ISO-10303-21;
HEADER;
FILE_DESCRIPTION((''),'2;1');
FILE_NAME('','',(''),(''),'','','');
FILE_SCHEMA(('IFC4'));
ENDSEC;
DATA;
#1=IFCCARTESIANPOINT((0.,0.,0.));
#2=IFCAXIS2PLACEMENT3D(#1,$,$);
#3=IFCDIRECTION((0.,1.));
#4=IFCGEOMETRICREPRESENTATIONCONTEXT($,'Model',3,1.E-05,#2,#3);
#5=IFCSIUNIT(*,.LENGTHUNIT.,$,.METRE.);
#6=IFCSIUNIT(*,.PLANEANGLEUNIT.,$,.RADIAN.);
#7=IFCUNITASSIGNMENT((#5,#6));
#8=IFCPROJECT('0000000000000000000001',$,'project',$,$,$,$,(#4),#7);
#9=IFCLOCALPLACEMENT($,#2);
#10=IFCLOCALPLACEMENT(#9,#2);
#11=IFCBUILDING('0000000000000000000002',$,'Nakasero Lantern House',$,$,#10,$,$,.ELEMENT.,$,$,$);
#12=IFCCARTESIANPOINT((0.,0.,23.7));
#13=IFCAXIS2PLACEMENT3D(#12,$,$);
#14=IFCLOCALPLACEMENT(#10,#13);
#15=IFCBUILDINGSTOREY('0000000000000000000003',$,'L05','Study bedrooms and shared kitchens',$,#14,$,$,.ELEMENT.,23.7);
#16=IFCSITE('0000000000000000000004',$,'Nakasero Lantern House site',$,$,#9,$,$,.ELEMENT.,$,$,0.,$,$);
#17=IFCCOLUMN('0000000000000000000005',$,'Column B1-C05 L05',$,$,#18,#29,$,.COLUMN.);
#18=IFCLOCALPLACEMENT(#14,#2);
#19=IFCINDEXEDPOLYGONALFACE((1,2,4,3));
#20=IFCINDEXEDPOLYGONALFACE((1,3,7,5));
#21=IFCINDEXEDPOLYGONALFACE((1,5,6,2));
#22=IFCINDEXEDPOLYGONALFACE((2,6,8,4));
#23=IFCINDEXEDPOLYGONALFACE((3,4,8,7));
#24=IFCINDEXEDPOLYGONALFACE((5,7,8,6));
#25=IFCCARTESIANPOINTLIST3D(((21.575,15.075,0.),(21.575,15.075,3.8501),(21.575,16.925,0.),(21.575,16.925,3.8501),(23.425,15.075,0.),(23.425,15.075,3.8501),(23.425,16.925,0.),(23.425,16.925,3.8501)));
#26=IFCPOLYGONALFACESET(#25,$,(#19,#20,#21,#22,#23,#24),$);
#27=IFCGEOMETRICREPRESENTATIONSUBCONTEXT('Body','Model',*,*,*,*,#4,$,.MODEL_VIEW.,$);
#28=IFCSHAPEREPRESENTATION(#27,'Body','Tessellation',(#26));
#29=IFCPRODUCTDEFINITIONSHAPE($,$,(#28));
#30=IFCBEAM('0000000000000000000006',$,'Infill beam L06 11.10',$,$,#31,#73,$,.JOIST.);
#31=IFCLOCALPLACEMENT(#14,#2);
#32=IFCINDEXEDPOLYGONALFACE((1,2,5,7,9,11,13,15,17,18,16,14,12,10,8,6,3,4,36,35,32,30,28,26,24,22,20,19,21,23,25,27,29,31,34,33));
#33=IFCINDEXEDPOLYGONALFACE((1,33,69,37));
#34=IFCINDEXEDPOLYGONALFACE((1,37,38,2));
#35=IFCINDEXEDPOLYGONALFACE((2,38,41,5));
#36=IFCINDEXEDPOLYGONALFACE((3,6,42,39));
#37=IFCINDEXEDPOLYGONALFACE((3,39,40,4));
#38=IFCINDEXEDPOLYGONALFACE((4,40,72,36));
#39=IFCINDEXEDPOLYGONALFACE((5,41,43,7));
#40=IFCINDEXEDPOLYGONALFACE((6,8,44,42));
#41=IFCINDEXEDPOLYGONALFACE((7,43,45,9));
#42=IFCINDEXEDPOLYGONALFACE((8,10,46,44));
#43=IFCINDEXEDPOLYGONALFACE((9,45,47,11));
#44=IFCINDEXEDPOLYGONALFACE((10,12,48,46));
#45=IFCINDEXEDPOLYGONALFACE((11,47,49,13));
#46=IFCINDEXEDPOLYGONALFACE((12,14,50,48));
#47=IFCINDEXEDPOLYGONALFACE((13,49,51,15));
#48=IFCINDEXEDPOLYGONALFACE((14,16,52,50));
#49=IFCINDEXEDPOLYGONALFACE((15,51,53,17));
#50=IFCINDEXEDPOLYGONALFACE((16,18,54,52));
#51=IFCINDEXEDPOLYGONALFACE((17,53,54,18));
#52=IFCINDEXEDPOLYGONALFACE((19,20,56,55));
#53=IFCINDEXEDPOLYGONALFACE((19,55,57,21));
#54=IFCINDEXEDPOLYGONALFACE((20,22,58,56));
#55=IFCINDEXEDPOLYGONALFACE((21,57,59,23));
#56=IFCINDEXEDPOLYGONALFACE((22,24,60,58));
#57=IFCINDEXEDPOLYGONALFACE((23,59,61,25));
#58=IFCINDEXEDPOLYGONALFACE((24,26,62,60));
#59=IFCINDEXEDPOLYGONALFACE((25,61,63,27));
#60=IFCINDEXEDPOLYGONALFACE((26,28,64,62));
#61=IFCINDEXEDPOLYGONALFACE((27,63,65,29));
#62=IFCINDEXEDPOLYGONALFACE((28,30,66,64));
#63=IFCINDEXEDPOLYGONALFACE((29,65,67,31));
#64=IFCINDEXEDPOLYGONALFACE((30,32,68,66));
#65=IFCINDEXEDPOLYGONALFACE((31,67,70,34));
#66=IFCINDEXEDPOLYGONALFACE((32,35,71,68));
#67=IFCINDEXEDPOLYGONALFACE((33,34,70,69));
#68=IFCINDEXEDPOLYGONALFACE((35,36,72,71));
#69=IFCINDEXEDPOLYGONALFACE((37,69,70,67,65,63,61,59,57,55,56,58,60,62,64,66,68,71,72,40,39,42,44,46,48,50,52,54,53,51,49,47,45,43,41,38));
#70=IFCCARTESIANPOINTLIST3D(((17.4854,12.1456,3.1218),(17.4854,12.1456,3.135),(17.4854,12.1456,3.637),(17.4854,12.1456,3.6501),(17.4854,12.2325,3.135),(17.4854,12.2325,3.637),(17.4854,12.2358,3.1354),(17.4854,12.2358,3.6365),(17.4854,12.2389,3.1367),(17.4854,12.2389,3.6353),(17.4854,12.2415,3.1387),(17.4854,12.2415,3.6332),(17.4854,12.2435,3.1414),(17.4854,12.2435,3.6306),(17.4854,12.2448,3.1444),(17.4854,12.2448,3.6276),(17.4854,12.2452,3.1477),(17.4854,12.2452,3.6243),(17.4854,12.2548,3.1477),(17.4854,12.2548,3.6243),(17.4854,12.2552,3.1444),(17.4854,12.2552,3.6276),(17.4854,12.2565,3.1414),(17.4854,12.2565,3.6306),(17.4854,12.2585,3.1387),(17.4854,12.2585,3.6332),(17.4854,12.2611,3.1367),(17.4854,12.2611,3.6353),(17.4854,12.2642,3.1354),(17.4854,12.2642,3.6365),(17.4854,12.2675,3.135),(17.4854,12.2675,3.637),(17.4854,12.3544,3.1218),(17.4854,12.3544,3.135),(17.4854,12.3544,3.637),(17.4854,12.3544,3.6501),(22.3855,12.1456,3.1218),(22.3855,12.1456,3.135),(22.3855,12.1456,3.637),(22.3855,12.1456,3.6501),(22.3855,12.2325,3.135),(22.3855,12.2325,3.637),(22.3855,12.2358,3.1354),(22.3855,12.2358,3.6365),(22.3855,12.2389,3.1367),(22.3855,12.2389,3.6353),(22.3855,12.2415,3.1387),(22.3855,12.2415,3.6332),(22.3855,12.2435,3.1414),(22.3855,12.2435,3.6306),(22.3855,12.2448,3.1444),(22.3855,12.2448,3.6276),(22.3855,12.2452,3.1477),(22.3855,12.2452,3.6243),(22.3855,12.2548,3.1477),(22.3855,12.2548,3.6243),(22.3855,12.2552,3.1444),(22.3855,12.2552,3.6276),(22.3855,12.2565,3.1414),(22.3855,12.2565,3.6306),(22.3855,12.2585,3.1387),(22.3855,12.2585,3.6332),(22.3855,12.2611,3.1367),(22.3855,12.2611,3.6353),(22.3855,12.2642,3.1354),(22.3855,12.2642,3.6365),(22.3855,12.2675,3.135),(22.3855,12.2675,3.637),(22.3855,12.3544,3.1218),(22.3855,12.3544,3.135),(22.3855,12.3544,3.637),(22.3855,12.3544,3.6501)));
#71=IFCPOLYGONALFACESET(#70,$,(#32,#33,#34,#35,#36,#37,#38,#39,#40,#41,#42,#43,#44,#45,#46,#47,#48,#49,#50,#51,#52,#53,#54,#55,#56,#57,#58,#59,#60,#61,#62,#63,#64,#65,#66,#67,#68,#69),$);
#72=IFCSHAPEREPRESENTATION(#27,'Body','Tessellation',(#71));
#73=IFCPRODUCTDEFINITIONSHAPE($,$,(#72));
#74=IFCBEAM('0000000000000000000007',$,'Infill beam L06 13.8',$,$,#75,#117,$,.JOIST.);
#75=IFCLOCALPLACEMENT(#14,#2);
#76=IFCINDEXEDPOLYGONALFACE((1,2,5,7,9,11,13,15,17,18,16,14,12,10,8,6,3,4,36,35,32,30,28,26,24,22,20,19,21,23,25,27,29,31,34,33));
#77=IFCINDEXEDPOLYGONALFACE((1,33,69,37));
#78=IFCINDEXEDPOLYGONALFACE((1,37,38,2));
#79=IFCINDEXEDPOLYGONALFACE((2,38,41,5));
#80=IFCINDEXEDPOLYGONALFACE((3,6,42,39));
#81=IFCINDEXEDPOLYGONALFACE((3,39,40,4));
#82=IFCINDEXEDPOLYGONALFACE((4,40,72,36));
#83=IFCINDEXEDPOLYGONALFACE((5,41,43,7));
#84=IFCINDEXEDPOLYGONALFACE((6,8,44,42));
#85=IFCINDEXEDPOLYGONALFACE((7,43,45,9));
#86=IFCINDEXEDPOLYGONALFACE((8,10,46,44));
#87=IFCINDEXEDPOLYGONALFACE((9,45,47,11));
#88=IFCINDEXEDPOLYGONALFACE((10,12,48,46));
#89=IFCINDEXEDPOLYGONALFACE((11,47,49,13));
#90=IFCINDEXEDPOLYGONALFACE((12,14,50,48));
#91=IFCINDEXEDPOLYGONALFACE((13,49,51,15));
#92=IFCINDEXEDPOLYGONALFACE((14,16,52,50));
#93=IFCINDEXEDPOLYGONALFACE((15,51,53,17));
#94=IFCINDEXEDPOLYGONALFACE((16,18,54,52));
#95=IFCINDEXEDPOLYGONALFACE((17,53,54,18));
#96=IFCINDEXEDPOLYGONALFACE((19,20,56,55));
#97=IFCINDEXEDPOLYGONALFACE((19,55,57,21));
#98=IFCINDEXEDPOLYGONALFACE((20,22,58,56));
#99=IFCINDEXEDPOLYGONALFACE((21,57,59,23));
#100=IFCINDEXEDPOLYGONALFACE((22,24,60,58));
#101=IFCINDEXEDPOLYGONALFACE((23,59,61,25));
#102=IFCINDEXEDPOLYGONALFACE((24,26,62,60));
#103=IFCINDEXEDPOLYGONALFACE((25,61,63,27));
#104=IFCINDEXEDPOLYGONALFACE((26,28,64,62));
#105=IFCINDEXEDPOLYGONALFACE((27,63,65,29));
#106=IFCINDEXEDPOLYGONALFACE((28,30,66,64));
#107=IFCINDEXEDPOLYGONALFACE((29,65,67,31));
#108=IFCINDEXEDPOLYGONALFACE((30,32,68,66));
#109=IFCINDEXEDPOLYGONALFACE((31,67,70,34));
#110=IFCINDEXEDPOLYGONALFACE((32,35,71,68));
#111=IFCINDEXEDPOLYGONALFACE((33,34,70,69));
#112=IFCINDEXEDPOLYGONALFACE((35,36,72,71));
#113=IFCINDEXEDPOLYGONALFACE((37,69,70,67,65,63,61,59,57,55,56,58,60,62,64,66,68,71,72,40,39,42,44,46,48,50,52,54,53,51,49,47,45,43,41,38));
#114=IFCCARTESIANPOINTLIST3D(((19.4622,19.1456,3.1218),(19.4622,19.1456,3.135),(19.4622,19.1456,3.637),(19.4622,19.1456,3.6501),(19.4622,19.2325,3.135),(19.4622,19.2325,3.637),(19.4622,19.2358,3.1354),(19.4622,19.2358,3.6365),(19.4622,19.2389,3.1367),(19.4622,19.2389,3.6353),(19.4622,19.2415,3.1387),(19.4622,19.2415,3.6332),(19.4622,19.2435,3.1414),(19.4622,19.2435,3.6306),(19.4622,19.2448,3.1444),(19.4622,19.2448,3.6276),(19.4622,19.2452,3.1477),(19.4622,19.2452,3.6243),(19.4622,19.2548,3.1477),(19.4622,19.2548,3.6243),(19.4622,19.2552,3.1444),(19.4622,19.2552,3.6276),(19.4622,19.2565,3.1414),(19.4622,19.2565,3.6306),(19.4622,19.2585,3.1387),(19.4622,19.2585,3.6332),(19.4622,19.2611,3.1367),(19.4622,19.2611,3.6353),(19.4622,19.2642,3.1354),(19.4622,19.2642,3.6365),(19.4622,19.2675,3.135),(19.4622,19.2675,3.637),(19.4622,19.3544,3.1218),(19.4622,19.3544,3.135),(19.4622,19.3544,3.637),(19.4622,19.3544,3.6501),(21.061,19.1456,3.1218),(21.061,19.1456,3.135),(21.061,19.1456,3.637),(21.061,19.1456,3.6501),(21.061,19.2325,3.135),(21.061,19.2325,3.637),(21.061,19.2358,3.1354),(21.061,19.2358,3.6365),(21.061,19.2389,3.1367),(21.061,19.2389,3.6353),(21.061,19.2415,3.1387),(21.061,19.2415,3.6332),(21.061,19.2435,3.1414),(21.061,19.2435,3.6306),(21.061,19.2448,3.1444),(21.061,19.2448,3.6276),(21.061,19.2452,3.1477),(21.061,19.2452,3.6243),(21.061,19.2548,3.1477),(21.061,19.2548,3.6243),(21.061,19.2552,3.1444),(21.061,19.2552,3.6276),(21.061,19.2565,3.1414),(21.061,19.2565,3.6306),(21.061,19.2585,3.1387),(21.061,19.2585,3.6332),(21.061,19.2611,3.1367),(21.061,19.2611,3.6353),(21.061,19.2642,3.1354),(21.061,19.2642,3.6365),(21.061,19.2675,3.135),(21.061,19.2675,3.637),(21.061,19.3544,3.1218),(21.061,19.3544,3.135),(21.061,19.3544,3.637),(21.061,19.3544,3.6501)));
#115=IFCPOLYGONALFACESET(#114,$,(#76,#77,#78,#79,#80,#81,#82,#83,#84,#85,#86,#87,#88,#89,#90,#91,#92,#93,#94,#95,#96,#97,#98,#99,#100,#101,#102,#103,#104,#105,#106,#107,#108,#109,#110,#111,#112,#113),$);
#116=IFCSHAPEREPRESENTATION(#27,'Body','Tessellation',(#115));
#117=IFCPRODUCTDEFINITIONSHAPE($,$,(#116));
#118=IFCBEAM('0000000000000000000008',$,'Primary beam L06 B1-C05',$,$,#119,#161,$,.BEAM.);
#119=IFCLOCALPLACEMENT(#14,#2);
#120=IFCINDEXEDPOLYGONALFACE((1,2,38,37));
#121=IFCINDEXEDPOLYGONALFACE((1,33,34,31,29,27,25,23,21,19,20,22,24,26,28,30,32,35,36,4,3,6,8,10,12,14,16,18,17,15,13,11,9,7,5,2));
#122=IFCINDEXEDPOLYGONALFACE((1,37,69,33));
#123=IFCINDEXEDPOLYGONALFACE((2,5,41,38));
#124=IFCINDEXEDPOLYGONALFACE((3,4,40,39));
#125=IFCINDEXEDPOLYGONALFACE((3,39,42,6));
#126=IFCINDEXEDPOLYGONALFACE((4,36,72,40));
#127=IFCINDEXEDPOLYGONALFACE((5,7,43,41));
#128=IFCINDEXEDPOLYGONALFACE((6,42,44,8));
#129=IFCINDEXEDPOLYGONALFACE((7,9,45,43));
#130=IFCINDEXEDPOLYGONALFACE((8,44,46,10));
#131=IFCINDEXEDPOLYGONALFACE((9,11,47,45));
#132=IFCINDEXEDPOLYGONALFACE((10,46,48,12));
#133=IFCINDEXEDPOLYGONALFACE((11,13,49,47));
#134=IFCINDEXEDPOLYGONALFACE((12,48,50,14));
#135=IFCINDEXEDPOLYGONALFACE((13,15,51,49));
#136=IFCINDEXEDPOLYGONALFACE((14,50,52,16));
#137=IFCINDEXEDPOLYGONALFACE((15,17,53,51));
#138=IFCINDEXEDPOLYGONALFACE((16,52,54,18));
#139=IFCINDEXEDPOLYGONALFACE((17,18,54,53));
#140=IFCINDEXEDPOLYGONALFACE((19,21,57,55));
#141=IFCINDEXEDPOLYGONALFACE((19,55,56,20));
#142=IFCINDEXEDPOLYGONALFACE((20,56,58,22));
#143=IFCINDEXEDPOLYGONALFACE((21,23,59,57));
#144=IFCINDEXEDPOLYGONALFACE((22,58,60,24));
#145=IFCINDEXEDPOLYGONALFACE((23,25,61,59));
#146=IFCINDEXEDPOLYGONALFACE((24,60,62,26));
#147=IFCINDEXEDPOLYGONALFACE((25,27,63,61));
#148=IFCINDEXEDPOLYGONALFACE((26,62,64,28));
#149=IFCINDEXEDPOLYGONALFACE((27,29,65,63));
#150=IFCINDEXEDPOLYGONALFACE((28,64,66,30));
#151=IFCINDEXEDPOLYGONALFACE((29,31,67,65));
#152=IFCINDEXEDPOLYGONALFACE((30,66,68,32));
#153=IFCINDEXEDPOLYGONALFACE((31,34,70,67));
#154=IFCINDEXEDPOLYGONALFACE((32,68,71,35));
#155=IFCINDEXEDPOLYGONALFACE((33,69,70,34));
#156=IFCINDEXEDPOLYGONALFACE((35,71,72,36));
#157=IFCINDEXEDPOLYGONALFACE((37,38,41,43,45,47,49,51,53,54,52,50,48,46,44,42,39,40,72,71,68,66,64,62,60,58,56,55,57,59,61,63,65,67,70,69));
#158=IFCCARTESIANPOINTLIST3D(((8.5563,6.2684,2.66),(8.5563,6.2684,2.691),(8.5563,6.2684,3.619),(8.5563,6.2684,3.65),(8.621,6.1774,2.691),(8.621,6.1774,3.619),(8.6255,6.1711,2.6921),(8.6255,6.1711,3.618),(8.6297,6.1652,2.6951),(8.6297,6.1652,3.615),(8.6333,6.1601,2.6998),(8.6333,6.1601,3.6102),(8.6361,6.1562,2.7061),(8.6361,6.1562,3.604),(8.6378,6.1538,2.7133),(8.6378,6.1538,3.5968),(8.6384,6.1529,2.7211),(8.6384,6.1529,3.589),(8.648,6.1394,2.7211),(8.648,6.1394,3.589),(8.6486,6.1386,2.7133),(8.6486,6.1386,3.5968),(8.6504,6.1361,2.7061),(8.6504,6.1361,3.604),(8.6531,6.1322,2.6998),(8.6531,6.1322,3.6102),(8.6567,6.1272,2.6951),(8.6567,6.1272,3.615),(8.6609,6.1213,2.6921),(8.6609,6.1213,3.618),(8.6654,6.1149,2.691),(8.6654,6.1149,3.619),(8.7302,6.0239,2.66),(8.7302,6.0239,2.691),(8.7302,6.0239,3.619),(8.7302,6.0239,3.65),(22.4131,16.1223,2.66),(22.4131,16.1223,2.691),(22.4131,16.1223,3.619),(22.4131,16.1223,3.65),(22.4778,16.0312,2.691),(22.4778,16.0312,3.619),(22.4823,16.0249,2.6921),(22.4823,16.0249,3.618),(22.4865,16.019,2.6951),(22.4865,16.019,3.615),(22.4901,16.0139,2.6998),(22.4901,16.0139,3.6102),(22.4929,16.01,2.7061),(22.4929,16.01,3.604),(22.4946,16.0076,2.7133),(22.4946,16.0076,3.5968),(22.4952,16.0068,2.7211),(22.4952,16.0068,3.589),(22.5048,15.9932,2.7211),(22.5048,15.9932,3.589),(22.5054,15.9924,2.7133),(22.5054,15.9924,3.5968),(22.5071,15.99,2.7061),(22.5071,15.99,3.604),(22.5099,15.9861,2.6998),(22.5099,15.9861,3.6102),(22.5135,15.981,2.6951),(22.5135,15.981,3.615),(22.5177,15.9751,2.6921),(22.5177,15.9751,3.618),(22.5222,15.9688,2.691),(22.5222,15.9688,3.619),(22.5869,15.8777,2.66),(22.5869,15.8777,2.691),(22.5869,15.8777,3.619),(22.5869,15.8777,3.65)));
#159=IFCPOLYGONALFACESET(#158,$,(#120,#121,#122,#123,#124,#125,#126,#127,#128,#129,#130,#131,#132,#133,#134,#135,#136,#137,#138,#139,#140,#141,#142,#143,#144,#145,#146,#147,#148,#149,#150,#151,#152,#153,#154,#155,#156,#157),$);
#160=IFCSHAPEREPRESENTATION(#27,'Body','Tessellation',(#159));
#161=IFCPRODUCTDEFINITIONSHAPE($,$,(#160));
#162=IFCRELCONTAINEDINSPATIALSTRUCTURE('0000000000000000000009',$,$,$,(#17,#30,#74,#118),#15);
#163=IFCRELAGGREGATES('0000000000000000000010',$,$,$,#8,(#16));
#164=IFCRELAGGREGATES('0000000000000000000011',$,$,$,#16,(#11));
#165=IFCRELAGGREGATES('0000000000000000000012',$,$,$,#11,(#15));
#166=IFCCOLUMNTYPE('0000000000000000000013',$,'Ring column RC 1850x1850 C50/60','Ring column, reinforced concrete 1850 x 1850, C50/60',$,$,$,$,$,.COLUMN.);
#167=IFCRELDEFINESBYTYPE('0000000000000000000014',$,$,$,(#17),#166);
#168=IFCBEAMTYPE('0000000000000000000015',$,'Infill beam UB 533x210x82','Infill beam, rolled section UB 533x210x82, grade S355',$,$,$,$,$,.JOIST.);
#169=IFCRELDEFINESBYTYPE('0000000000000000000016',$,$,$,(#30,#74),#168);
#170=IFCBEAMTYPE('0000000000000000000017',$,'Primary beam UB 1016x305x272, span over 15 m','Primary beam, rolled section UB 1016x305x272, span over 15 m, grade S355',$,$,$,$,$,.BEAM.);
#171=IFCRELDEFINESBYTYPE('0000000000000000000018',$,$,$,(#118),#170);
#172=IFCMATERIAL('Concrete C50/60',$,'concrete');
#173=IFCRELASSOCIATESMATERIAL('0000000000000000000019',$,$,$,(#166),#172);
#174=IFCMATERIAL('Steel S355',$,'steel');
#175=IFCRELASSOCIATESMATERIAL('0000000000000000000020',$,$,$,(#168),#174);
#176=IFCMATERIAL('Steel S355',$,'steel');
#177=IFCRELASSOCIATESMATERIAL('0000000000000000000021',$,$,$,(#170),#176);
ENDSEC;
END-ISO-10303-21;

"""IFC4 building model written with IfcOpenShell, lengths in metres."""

from ifc_helpers import new_model, si_unit, direction, frame, origin, origin_2d, place, context, subcontext, project, spatial, rectangle, i_section, extrude, material, material_profile, profile_set, type_object, element, save


model = new_model("IFC4")

# Units and contexts
model_context = context("Model", 3, precision=1e-05, world=origin(), true_north=direction((0.0, 1.0)))
body_context = subcontext(model_context, "Body", "Model", "MODEL_VIEW")
ifc_project = project(units=[si_unit("LENGTHUNIT", "METRE"), si_unit("PLANEANGLEUNIT", "RADIAN")], contexts=[model_context])

# Site, building, storey
site_placement = place(None, origin())
site = spatial("IfcSite", under=ifc_project, at=site_placement, Name="Nakasero Lantern House site", CompositionType="ELEMENT", RefElevation=0.0)
building_placement = place(site_placement, origin())
building = spatial("IfcBuilding", under=site, at=building_placement, Name="Nakasero Lantern House", CompositionType="ELEMENT")
storey_placement = place(building_placement, frame((0.0, 0.0, 23.7)))
storey = spatial("IfcBuildingStorey", under=building, at=storey_placement, Name="L05", Description="Study bedrooms and shared kitchens", CompositionType="ELEMENT", Elevation=23.7)

# Column
ifc_material_1 = material(Name="Concrete C50/60", Category="concrete")
ifc_material_profile_1 = material_profile(ifc_material_1, rectangle(XDim=1.8501, YDim=1.8501, at=origin_2d()), Name="RC 1850x1850")
ifc_profile_set_1 = profile_set([ifc_material_profile_1], Name="Concrete C50/60")
column_type = type_object("IfcColumnType", Name="Ring column RC 1850x1850 C50/60", Description="Ring column, reinforced concrete 1850 x 1850, C50/60", PredefinedType="COLUMN", material=ifc_profile_set_1)
column_placement = place(storey_placement, frame((22.5, 16.0, 0.0), z_axis=(0.0, 0.0, 1.0), x_axis=(1.0, 0.0, 0.0)))
element("IfcColumn", 1, at=column_placement, inside=storey, type_object=column_type, Name="Column B1-C05 L05", PredefinedType="COLUMN", context=body_context, shape_type="SweptSolid", body=[
    extrude(rectangle(XDim=1.8501, YDim=1.8501, at=origin_2d()), origin(), (0.0, 0.0, 1.0), 3.8501),
])

# Beams
ifc_material_2 = material(Name="Steel S355", Category="steel")
ifc_material_profile_2 = material_profile(ifc_material_2, i_section(OverallWidth=0.2087, OverallDepth=0.5283, WebThickness=0.0095, FlangeThickness=0.0132, FilletRadius=0.0127, at=origin_2d()), Name="UB 533x210x82")
ifc_profile_set_2 = profile_set([ifc_material_profile_2], Name="Steel S355")
beam_type_1 = type_object("IfcBeamType", Name="Infill beam UB 533x210x82", Description="Infill beam, rolled section UB 533x210x82, grade S355", PredefinedType="JOIST", material=ifc_profile_set_2)
beam_1_placement = place(storey_placement, frame((17.4854, 12.25, 3.386), z_axis=(1.0, 0.0, 0.0), x_axis=(0.0, 1.0, 0.0)))
element("IfcBeam", 2, at=beam_1_placement, inside=storey, type_object=beam_type_1, Name="Infill beam L06 11.10", PredefinedType="JOIST", context=body_context, shape_type="SweptSolid", body=[
    extrude(i_section(OverallWidth=0.2087, OverallDepth=0.5283, WebThickness=0.0095, FlangeThickness=0.0132, FilletRadius=0.0127, at=origin_2d()), origin(), (0.0, 0.0, 1.0), 4.9001),
])
beam_2_placement = place(storey_placement, frame((19.4622, 19.25, 3.386), z_axis=(1.0, 0.0, 0.0), x_axis=(0.0, 1.0, 0.0)))
element("IfcBeam", 3, at=beam_2_placement, inside=storey, type_object=beam_type_1, Name="Infill beam L06 13.8", PredefinedType="JOIST", context=body_context, shape_type="SweptSolid", body=[
    extrude(i_section(OverallWidth=0.2087, OverallDepth=0.5283, WebThickness=0.0095, FlangeThickness=0.0132, FilletRadius=0.0127, at=origin_2d()), origin(), (0.0, 0.0, 1.0), 1.5989),
])
ifc_material_3 = material(Name="Steel S355", Category="steel")
ifc_material_profile_3 = material_profile(ifc_material_3, i_section(OverallWidth=0.3, OverallDepth=0.99, WebThickness=0.0166, FlangeThickness=0.031, FilletRadius=0.03, at=origin_2d()), Name="UB 1016x305x272")
ifc_profile_set_3 = profile_set([ifc_material_profile_3], Name="Steel S355")
beam_type_2 = type_object("IfcBeamType", Name="Primary beam UB 1016x305x272, span over 15 m", Description="Primary beam, rolled section UB 1016x305x272, span over 15 m, grade S355", PredefinedType="BEAM", material=ifc_profile_set_3)
beam_3_placement = place(storey_placement, frame((22.5, 16.0, 3.155), z_axis=(-0.814952, -0.579528, 0.0), x_axis=(0.579528, -0.814952, 0.0)))
element("IfcBeam", 4, at=beam_3_placement, inside=storey, type_object=beam_type_2, Name="Primary beam L06 B1-C05", PredefinedType="BEAM", context=body_context, shape_type="SweptSolid", body=[
    extrude(i_section(OverallWidth=0.3, OverallDepth=0.99, WebThickness=0.0166, FlangeThickness=0.031, FilletRadius=0.03, at=origin_2d()), origin(), (0.0, 0.0, 1.0), 17.0032),
])

save(model, "model.ifc")
